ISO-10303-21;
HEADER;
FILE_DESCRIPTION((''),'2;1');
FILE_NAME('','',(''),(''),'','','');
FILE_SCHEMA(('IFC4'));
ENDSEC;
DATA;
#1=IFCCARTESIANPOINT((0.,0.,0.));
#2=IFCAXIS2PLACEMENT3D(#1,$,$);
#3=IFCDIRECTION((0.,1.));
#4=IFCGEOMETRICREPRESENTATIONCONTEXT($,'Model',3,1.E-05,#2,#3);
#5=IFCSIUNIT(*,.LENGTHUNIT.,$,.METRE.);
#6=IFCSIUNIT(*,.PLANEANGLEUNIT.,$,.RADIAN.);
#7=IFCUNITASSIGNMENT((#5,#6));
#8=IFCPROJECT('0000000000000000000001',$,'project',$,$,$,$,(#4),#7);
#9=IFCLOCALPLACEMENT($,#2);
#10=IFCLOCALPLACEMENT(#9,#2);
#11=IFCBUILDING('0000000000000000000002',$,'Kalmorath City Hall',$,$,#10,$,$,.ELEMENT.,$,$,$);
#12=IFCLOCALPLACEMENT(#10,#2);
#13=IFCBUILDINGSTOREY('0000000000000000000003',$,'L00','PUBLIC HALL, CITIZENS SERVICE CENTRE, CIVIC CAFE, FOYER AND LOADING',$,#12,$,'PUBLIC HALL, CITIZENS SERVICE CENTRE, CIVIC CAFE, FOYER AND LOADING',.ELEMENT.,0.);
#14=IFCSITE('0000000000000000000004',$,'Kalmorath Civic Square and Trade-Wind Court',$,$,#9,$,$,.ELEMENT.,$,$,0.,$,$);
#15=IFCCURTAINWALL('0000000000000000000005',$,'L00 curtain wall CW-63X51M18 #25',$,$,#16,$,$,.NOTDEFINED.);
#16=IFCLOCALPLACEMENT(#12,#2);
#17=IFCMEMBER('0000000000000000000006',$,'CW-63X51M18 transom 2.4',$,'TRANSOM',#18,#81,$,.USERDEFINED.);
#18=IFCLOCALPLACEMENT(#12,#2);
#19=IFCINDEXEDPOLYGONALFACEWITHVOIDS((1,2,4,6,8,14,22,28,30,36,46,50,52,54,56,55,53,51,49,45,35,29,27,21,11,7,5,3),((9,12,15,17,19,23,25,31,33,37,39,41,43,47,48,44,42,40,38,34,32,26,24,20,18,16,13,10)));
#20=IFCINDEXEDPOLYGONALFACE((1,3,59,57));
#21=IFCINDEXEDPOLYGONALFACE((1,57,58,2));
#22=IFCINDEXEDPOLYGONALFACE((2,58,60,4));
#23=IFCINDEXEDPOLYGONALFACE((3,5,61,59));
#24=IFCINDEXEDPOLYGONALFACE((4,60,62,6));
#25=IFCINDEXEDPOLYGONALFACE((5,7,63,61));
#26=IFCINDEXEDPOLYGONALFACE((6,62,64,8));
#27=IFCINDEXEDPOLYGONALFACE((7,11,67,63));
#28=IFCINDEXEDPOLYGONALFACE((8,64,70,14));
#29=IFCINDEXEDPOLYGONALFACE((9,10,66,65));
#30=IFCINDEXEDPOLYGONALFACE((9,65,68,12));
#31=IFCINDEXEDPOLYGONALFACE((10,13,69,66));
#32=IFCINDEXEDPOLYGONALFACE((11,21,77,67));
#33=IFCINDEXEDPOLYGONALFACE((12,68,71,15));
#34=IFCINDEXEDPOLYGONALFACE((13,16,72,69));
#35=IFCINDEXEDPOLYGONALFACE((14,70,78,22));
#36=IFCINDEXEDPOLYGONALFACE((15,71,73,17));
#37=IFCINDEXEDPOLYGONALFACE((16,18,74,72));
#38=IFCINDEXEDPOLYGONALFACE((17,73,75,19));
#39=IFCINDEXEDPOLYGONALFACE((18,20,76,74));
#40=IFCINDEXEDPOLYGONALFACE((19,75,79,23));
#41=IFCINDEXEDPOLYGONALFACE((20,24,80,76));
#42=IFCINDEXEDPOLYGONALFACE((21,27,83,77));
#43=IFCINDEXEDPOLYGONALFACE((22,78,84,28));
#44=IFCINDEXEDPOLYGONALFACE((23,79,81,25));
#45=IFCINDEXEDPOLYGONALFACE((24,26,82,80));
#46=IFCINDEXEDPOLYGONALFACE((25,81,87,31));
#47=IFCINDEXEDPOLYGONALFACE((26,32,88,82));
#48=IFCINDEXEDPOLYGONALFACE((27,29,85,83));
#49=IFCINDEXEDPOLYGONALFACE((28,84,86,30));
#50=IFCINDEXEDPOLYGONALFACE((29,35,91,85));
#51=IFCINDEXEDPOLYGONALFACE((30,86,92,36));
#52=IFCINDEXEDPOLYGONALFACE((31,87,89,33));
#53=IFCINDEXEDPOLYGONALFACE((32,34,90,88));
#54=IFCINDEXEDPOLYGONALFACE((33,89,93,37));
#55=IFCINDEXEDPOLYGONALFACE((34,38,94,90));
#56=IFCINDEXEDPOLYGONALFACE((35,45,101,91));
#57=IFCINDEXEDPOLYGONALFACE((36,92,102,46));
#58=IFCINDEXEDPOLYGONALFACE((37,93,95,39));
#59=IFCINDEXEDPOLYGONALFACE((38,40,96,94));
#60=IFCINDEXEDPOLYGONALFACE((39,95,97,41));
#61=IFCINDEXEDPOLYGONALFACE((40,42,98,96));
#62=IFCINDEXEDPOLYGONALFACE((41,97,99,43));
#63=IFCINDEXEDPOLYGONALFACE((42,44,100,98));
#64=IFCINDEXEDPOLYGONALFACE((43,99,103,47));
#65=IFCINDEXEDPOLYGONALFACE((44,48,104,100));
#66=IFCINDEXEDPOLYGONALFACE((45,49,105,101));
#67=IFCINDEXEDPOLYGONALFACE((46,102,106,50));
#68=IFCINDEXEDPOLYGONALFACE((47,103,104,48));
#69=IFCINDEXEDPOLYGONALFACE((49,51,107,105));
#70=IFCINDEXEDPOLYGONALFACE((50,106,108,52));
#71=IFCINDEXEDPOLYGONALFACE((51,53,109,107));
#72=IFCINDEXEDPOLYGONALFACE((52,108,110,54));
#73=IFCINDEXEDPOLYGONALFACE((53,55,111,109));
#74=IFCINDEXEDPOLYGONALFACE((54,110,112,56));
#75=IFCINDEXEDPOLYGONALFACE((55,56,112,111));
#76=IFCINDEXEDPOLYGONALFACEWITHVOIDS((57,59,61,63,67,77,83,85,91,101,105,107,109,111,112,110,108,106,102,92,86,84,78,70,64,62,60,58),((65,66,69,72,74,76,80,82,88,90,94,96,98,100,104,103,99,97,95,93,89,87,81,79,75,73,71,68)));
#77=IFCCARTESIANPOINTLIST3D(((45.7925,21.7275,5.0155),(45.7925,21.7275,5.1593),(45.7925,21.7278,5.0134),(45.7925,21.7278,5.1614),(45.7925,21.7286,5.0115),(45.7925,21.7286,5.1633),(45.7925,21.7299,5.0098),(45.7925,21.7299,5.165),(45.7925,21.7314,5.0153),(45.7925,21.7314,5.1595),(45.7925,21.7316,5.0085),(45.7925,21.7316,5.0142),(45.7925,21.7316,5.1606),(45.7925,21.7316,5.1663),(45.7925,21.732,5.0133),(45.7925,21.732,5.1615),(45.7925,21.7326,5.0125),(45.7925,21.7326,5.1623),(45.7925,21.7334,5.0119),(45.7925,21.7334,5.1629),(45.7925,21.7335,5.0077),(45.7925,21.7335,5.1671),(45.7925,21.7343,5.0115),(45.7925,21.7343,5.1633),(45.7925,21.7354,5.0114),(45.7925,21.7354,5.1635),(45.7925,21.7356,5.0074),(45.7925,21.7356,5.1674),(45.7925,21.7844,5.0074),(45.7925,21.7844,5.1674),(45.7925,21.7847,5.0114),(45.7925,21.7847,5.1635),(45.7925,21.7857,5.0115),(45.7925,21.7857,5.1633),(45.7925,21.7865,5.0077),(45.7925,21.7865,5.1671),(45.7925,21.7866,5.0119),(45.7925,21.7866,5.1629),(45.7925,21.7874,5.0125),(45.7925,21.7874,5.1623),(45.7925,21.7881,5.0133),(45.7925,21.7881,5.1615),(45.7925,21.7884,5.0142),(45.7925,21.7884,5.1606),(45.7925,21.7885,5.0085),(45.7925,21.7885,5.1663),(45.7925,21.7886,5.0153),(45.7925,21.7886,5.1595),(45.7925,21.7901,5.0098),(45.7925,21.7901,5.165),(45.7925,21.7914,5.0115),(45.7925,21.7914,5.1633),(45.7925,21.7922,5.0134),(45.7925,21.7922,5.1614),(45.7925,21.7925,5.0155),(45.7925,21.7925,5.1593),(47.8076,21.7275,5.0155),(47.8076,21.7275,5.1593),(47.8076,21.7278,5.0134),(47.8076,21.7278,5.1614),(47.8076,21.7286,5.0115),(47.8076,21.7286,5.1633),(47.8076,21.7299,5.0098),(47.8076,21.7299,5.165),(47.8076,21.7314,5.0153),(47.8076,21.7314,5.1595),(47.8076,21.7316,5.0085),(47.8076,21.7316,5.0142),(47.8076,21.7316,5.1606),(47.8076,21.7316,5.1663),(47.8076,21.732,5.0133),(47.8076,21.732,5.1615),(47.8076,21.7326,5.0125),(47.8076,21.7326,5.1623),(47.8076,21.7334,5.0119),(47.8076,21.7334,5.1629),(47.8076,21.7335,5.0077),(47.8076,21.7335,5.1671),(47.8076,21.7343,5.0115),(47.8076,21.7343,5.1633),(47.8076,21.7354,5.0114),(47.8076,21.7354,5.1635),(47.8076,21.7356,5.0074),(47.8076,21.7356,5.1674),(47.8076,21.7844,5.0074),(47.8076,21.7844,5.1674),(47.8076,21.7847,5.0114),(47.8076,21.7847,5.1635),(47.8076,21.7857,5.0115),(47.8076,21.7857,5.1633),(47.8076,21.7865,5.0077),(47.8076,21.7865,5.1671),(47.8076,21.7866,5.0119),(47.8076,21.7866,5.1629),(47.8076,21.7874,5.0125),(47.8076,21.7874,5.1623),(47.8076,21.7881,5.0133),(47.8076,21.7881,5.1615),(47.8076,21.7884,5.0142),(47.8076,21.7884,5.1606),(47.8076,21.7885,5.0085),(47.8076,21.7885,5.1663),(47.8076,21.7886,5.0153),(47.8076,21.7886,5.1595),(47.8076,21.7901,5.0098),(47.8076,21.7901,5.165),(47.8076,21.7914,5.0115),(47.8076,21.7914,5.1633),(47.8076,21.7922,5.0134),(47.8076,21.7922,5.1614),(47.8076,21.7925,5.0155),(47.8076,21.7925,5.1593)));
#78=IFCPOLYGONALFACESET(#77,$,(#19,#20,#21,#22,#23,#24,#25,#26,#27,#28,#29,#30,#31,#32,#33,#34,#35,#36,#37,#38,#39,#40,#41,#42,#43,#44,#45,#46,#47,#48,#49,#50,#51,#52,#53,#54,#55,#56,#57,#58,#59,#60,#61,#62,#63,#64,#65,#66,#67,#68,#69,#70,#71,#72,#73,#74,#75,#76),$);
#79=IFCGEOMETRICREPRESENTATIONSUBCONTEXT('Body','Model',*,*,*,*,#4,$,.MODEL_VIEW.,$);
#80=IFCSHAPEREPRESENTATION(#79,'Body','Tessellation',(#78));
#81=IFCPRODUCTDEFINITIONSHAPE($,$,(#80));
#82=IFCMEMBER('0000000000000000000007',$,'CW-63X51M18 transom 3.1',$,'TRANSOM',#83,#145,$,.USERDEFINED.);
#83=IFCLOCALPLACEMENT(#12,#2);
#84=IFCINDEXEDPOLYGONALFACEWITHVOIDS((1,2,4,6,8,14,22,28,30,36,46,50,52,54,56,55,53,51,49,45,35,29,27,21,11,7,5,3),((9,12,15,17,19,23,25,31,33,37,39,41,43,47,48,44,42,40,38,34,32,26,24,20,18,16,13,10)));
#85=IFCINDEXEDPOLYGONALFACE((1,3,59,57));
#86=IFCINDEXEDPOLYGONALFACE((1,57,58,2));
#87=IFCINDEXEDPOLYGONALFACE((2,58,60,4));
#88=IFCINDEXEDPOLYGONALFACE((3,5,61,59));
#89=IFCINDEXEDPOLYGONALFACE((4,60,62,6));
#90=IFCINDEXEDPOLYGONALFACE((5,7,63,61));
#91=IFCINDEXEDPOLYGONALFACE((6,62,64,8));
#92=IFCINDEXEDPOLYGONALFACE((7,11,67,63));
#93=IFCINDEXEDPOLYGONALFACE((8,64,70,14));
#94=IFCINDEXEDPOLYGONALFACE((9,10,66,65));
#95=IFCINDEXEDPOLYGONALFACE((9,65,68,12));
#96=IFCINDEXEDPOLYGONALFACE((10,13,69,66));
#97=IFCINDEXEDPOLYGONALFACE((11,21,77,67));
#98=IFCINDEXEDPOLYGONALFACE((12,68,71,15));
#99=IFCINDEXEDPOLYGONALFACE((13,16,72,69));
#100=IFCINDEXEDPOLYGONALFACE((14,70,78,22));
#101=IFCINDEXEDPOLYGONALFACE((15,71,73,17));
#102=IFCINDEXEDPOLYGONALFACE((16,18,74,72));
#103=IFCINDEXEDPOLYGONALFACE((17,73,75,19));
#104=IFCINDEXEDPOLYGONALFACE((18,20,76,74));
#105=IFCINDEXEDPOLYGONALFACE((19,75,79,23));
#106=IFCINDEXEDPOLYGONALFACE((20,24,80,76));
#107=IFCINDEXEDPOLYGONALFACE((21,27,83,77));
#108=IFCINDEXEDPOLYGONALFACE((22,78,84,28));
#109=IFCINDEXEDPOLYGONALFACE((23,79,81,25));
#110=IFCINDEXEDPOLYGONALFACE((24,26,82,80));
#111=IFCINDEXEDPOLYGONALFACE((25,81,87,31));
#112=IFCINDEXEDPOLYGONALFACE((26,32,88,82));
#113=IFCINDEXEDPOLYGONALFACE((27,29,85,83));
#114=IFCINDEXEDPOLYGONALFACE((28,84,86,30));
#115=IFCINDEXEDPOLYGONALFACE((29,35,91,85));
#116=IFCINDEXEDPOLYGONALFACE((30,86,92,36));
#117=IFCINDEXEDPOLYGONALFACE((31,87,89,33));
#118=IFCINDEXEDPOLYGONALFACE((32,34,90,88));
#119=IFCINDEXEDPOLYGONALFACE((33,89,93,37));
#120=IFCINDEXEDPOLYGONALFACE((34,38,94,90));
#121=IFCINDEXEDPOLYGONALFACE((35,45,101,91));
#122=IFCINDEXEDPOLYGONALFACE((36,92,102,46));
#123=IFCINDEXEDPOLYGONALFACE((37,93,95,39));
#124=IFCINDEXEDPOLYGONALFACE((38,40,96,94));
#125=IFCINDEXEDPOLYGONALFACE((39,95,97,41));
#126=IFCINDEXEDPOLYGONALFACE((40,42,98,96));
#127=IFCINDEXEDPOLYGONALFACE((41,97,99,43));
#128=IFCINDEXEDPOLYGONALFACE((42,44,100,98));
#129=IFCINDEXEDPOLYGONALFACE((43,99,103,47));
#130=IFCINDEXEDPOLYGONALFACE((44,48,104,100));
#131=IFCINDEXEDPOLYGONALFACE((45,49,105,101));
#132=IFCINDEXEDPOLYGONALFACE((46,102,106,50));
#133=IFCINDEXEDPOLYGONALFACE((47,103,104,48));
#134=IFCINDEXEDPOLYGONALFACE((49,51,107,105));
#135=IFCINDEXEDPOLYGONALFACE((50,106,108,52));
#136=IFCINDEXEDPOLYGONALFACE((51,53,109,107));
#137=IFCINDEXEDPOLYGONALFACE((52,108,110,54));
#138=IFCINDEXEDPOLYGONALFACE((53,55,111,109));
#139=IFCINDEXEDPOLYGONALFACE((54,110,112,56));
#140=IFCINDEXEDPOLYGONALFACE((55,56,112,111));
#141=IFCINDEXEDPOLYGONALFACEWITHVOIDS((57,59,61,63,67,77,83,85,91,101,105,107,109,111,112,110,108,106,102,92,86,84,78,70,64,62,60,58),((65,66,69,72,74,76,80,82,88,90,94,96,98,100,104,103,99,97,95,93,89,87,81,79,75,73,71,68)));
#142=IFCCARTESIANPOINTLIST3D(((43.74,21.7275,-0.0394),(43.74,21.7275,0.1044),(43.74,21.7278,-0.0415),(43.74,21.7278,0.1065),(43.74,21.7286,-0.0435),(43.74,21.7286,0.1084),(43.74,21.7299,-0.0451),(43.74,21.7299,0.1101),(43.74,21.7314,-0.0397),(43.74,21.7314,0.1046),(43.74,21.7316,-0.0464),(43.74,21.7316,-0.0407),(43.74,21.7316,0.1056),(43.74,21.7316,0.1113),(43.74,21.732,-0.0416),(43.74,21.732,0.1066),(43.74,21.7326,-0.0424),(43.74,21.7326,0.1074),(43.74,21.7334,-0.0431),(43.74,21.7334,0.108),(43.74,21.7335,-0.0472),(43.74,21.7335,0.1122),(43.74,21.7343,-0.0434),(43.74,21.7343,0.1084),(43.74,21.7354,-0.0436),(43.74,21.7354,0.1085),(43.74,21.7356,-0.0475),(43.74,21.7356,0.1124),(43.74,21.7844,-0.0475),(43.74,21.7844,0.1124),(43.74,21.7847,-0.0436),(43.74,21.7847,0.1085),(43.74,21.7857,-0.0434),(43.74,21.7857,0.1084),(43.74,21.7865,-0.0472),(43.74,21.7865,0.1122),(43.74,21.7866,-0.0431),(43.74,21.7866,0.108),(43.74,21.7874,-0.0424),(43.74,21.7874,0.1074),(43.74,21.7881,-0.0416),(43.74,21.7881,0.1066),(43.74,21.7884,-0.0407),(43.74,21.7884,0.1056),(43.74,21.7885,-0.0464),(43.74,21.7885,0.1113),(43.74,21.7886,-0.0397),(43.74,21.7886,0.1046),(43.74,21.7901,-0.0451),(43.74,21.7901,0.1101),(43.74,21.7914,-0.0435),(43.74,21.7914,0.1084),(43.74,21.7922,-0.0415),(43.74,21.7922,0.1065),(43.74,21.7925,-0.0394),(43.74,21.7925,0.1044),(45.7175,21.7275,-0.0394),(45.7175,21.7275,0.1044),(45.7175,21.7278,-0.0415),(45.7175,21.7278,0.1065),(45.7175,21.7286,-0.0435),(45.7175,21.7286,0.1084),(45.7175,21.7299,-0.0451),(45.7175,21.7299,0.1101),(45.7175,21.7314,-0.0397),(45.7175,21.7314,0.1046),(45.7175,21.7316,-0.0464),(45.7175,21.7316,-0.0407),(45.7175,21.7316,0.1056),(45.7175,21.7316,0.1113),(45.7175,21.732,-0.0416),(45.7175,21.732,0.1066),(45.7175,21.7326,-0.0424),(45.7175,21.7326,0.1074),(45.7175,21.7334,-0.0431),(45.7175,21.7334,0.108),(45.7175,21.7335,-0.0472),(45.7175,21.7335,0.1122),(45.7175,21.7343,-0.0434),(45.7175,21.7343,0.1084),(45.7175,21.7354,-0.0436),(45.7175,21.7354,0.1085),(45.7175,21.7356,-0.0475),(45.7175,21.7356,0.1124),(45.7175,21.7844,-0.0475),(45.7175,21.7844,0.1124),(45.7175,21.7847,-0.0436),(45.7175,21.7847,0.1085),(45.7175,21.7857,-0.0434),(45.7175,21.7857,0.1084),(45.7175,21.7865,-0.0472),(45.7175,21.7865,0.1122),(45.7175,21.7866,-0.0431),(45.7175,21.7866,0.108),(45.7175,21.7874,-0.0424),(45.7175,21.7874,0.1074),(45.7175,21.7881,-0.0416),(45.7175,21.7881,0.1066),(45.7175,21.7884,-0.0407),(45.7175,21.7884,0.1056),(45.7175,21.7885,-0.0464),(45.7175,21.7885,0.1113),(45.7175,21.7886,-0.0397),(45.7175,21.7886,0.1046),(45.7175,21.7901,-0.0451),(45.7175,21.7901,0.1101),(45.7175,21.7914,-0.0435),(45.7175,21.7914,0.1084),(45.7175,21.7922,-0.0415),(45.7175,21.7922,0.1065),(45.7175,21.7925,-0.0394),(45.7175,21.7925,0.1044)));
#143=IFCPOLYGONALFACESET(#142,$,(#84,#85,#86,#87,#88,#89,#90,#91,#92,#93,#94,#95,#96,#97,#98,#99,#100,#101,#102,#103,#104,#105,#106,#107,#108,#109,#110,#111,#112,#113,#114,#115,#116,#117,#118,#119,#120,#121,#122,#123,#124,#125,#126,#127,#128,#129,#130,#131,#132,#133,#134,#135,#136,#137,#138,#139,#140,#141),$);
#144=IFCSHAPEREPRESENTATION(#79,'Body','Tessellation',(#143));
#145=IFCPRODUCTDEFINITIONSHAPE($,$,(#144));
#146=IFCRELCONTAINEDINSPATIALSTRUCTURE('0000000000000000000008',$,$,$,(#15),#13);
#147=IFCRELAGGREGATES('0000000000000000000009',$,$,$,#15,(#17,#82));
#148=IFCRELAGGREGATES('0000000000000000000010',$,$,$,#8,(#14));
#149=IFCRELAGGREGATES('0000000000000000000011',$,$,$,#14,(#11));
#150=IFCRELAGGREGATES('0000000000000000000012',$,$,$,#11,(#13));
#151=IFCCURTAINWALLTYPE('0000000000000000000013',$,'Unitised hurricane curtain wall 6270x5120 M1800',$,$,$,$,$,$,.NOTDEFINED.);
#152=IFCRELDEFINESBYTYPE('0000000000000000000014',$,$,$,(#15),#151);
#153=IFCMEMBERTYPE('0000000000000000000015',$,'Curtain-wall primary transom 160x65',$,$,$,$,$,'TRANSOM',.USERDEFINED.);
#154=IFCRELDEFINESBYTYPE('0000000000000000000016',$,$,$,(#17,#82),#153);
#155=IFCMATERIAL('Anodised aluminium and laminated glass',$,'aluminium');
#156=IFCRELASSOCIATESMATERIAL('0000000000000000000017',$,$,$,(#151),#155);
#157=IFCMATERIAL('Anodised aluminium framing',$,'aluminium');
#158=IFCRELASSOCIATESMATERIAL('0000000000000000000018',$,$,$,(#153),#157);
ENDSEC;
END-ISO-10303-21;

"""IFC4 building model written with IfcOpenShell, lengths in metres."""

from ifc_helpers import new_model, si_unit, direction, frame, origin, origin_2d, place, context, subcontext, project, spatial, hollow_rectangle, extrude, material, material_profile, profile_set, type_object, element, aggregate, save


model = new_model("IFC4")

# Units and contexts
model_context = context("Model", 3, precision=1e-05, world=origin(), true_north=direction((0.0, 1.0)))
body_context = subcontext(model_context, "Body", "Model", "MODEL_VIEW")
ifc_project = project(units=[si_unit("LENGTHUNIT", "METRE"), si_unit("PLANEANGLEUNIT", "RADIAN")], contexts=[model_context])

# Site, building, storey
site_placement = place(None, origin())
site = spatial("IfcSite", under=ifc_project, at=site_placement, Name="Kalmorath Civic Square and Trade-Wind Court", CompositionType="ELEMENT", RefElevation=0.0)
building_placement = place(site_placement, origin())
building = spatial("IfcBuilding", under=site, at=building_placement, Name="Kalmorath City Hall", CompositionType="ELEMENT")
storey_placement = place(building_placement, origin())
storey = spatial("IfcBuildingStorey", under=building, at=storey_placement, Name="L00", Description="PUBLIC HALL, CITIZENS SERVICE CENTRE, CIVIC CAFE, FOYER AND LOADING", LongName="PUBLIC HALL, CITIZENS SERVICE CENTRE, CIVIC CAFE, FOYER AND LOADING", CompositionType="ELEMENT", Elevation=0.0)

# Curtain wall, members
ifc_material_1 = material(Name="Anodised aluminium and laminated glass", Category="aluminium")
curtain_wall_type = type_object("IfcCurtainWallType", Name="Unitised hurricane curtain wall 6270x5120 M1800", PredefinedType="NOTDEFINED", material=ifc_material_1)
curtain_wall_placement = place(storey_placement, origin())
curtain_wall = element("IfcCurtainWall", 1, at=curtain_wall_placement, inside=storey, type_object=curtain_wall_type, Name="L00 curtain wall CW-63X51M18 #25", PredefinedType="NOTDEFINED")
ifc_material_2 = material(Name="Anodised aluminium framing", Category="aluminium")
ifc_material_profile_1 = material_profile(ifc_material_2, hollow_rectangle(XDim=0.0649, YDim=0.1599, WallThickness=0.0039, InnerFilletRadius=0.0039, OuterFilletRadius=0.0081, at=origin_2d()), Name="ALU-TRN-160X65X4")
ifc_profile_set_1 = profile_set([ifc_material_profile_1], Name="Anodised aluminium framing")
member_type_1 = type_object("IfcMemberType", Name="Curtain-wall primary transom 160x65", ElementType="TRANSOM", PredefinedType="USERDEFINED", material=ifc_profile_set_1)
member_1_placement = place(storey_placement, frame((47.8076, 21.76, 5.0874), z_axis=(-1.0, 0.0, 0.0), x_axis=(0.0, -1.0, 0.0)))
member_1 = element("IfcMember", 2, at=member_1_placement, type_object=member_type_1, Name="CW-63X51M18 transom 2.4", ObjectType="TRANSOM", PredefinedType="USERDEFINED", context=body_context, shape_type="SweptSolid", body=[
    extrude(hollow_rectangle(XDim=0.0649, YDim=0.1599, WallThickness=0.0039, InnerFilletRadius=0.0039, OuterFilletRadius=0.0081, at=origin_2d()), origin(), (0.0, 0.0, 1.0), 2.0151),
])
member_2_placement = place(storey_placement, frame((45.7175, 21.76, 0.0325), z_axis=(-1.0, 0.0, 0.0), x_axis=(0.0, -1.0, 0.0)))
member_2 = element("IfcMember", 3, at=member_2_placement, type_object=member_type_1, Name="CW-63X51M18 transom 3.1", ObjectType="TRANSOM", PredefinedType="USERDEFINED", context=body_context, shape_type="SweptSolid", body=[
    extrude(hollow_rectangle(XDim=0.0649, YDim=0.1599, WallThickness=0.0039, InnerFilletRadius=0.0039, OuterFilletRadius=0.0081, at=origin_2d()), origin(), (0.0, 0.0, 1.0), 1.9775),
])

aggregate(curtain_wall, [member_1, member_2])

save(model, "model.ifc")
